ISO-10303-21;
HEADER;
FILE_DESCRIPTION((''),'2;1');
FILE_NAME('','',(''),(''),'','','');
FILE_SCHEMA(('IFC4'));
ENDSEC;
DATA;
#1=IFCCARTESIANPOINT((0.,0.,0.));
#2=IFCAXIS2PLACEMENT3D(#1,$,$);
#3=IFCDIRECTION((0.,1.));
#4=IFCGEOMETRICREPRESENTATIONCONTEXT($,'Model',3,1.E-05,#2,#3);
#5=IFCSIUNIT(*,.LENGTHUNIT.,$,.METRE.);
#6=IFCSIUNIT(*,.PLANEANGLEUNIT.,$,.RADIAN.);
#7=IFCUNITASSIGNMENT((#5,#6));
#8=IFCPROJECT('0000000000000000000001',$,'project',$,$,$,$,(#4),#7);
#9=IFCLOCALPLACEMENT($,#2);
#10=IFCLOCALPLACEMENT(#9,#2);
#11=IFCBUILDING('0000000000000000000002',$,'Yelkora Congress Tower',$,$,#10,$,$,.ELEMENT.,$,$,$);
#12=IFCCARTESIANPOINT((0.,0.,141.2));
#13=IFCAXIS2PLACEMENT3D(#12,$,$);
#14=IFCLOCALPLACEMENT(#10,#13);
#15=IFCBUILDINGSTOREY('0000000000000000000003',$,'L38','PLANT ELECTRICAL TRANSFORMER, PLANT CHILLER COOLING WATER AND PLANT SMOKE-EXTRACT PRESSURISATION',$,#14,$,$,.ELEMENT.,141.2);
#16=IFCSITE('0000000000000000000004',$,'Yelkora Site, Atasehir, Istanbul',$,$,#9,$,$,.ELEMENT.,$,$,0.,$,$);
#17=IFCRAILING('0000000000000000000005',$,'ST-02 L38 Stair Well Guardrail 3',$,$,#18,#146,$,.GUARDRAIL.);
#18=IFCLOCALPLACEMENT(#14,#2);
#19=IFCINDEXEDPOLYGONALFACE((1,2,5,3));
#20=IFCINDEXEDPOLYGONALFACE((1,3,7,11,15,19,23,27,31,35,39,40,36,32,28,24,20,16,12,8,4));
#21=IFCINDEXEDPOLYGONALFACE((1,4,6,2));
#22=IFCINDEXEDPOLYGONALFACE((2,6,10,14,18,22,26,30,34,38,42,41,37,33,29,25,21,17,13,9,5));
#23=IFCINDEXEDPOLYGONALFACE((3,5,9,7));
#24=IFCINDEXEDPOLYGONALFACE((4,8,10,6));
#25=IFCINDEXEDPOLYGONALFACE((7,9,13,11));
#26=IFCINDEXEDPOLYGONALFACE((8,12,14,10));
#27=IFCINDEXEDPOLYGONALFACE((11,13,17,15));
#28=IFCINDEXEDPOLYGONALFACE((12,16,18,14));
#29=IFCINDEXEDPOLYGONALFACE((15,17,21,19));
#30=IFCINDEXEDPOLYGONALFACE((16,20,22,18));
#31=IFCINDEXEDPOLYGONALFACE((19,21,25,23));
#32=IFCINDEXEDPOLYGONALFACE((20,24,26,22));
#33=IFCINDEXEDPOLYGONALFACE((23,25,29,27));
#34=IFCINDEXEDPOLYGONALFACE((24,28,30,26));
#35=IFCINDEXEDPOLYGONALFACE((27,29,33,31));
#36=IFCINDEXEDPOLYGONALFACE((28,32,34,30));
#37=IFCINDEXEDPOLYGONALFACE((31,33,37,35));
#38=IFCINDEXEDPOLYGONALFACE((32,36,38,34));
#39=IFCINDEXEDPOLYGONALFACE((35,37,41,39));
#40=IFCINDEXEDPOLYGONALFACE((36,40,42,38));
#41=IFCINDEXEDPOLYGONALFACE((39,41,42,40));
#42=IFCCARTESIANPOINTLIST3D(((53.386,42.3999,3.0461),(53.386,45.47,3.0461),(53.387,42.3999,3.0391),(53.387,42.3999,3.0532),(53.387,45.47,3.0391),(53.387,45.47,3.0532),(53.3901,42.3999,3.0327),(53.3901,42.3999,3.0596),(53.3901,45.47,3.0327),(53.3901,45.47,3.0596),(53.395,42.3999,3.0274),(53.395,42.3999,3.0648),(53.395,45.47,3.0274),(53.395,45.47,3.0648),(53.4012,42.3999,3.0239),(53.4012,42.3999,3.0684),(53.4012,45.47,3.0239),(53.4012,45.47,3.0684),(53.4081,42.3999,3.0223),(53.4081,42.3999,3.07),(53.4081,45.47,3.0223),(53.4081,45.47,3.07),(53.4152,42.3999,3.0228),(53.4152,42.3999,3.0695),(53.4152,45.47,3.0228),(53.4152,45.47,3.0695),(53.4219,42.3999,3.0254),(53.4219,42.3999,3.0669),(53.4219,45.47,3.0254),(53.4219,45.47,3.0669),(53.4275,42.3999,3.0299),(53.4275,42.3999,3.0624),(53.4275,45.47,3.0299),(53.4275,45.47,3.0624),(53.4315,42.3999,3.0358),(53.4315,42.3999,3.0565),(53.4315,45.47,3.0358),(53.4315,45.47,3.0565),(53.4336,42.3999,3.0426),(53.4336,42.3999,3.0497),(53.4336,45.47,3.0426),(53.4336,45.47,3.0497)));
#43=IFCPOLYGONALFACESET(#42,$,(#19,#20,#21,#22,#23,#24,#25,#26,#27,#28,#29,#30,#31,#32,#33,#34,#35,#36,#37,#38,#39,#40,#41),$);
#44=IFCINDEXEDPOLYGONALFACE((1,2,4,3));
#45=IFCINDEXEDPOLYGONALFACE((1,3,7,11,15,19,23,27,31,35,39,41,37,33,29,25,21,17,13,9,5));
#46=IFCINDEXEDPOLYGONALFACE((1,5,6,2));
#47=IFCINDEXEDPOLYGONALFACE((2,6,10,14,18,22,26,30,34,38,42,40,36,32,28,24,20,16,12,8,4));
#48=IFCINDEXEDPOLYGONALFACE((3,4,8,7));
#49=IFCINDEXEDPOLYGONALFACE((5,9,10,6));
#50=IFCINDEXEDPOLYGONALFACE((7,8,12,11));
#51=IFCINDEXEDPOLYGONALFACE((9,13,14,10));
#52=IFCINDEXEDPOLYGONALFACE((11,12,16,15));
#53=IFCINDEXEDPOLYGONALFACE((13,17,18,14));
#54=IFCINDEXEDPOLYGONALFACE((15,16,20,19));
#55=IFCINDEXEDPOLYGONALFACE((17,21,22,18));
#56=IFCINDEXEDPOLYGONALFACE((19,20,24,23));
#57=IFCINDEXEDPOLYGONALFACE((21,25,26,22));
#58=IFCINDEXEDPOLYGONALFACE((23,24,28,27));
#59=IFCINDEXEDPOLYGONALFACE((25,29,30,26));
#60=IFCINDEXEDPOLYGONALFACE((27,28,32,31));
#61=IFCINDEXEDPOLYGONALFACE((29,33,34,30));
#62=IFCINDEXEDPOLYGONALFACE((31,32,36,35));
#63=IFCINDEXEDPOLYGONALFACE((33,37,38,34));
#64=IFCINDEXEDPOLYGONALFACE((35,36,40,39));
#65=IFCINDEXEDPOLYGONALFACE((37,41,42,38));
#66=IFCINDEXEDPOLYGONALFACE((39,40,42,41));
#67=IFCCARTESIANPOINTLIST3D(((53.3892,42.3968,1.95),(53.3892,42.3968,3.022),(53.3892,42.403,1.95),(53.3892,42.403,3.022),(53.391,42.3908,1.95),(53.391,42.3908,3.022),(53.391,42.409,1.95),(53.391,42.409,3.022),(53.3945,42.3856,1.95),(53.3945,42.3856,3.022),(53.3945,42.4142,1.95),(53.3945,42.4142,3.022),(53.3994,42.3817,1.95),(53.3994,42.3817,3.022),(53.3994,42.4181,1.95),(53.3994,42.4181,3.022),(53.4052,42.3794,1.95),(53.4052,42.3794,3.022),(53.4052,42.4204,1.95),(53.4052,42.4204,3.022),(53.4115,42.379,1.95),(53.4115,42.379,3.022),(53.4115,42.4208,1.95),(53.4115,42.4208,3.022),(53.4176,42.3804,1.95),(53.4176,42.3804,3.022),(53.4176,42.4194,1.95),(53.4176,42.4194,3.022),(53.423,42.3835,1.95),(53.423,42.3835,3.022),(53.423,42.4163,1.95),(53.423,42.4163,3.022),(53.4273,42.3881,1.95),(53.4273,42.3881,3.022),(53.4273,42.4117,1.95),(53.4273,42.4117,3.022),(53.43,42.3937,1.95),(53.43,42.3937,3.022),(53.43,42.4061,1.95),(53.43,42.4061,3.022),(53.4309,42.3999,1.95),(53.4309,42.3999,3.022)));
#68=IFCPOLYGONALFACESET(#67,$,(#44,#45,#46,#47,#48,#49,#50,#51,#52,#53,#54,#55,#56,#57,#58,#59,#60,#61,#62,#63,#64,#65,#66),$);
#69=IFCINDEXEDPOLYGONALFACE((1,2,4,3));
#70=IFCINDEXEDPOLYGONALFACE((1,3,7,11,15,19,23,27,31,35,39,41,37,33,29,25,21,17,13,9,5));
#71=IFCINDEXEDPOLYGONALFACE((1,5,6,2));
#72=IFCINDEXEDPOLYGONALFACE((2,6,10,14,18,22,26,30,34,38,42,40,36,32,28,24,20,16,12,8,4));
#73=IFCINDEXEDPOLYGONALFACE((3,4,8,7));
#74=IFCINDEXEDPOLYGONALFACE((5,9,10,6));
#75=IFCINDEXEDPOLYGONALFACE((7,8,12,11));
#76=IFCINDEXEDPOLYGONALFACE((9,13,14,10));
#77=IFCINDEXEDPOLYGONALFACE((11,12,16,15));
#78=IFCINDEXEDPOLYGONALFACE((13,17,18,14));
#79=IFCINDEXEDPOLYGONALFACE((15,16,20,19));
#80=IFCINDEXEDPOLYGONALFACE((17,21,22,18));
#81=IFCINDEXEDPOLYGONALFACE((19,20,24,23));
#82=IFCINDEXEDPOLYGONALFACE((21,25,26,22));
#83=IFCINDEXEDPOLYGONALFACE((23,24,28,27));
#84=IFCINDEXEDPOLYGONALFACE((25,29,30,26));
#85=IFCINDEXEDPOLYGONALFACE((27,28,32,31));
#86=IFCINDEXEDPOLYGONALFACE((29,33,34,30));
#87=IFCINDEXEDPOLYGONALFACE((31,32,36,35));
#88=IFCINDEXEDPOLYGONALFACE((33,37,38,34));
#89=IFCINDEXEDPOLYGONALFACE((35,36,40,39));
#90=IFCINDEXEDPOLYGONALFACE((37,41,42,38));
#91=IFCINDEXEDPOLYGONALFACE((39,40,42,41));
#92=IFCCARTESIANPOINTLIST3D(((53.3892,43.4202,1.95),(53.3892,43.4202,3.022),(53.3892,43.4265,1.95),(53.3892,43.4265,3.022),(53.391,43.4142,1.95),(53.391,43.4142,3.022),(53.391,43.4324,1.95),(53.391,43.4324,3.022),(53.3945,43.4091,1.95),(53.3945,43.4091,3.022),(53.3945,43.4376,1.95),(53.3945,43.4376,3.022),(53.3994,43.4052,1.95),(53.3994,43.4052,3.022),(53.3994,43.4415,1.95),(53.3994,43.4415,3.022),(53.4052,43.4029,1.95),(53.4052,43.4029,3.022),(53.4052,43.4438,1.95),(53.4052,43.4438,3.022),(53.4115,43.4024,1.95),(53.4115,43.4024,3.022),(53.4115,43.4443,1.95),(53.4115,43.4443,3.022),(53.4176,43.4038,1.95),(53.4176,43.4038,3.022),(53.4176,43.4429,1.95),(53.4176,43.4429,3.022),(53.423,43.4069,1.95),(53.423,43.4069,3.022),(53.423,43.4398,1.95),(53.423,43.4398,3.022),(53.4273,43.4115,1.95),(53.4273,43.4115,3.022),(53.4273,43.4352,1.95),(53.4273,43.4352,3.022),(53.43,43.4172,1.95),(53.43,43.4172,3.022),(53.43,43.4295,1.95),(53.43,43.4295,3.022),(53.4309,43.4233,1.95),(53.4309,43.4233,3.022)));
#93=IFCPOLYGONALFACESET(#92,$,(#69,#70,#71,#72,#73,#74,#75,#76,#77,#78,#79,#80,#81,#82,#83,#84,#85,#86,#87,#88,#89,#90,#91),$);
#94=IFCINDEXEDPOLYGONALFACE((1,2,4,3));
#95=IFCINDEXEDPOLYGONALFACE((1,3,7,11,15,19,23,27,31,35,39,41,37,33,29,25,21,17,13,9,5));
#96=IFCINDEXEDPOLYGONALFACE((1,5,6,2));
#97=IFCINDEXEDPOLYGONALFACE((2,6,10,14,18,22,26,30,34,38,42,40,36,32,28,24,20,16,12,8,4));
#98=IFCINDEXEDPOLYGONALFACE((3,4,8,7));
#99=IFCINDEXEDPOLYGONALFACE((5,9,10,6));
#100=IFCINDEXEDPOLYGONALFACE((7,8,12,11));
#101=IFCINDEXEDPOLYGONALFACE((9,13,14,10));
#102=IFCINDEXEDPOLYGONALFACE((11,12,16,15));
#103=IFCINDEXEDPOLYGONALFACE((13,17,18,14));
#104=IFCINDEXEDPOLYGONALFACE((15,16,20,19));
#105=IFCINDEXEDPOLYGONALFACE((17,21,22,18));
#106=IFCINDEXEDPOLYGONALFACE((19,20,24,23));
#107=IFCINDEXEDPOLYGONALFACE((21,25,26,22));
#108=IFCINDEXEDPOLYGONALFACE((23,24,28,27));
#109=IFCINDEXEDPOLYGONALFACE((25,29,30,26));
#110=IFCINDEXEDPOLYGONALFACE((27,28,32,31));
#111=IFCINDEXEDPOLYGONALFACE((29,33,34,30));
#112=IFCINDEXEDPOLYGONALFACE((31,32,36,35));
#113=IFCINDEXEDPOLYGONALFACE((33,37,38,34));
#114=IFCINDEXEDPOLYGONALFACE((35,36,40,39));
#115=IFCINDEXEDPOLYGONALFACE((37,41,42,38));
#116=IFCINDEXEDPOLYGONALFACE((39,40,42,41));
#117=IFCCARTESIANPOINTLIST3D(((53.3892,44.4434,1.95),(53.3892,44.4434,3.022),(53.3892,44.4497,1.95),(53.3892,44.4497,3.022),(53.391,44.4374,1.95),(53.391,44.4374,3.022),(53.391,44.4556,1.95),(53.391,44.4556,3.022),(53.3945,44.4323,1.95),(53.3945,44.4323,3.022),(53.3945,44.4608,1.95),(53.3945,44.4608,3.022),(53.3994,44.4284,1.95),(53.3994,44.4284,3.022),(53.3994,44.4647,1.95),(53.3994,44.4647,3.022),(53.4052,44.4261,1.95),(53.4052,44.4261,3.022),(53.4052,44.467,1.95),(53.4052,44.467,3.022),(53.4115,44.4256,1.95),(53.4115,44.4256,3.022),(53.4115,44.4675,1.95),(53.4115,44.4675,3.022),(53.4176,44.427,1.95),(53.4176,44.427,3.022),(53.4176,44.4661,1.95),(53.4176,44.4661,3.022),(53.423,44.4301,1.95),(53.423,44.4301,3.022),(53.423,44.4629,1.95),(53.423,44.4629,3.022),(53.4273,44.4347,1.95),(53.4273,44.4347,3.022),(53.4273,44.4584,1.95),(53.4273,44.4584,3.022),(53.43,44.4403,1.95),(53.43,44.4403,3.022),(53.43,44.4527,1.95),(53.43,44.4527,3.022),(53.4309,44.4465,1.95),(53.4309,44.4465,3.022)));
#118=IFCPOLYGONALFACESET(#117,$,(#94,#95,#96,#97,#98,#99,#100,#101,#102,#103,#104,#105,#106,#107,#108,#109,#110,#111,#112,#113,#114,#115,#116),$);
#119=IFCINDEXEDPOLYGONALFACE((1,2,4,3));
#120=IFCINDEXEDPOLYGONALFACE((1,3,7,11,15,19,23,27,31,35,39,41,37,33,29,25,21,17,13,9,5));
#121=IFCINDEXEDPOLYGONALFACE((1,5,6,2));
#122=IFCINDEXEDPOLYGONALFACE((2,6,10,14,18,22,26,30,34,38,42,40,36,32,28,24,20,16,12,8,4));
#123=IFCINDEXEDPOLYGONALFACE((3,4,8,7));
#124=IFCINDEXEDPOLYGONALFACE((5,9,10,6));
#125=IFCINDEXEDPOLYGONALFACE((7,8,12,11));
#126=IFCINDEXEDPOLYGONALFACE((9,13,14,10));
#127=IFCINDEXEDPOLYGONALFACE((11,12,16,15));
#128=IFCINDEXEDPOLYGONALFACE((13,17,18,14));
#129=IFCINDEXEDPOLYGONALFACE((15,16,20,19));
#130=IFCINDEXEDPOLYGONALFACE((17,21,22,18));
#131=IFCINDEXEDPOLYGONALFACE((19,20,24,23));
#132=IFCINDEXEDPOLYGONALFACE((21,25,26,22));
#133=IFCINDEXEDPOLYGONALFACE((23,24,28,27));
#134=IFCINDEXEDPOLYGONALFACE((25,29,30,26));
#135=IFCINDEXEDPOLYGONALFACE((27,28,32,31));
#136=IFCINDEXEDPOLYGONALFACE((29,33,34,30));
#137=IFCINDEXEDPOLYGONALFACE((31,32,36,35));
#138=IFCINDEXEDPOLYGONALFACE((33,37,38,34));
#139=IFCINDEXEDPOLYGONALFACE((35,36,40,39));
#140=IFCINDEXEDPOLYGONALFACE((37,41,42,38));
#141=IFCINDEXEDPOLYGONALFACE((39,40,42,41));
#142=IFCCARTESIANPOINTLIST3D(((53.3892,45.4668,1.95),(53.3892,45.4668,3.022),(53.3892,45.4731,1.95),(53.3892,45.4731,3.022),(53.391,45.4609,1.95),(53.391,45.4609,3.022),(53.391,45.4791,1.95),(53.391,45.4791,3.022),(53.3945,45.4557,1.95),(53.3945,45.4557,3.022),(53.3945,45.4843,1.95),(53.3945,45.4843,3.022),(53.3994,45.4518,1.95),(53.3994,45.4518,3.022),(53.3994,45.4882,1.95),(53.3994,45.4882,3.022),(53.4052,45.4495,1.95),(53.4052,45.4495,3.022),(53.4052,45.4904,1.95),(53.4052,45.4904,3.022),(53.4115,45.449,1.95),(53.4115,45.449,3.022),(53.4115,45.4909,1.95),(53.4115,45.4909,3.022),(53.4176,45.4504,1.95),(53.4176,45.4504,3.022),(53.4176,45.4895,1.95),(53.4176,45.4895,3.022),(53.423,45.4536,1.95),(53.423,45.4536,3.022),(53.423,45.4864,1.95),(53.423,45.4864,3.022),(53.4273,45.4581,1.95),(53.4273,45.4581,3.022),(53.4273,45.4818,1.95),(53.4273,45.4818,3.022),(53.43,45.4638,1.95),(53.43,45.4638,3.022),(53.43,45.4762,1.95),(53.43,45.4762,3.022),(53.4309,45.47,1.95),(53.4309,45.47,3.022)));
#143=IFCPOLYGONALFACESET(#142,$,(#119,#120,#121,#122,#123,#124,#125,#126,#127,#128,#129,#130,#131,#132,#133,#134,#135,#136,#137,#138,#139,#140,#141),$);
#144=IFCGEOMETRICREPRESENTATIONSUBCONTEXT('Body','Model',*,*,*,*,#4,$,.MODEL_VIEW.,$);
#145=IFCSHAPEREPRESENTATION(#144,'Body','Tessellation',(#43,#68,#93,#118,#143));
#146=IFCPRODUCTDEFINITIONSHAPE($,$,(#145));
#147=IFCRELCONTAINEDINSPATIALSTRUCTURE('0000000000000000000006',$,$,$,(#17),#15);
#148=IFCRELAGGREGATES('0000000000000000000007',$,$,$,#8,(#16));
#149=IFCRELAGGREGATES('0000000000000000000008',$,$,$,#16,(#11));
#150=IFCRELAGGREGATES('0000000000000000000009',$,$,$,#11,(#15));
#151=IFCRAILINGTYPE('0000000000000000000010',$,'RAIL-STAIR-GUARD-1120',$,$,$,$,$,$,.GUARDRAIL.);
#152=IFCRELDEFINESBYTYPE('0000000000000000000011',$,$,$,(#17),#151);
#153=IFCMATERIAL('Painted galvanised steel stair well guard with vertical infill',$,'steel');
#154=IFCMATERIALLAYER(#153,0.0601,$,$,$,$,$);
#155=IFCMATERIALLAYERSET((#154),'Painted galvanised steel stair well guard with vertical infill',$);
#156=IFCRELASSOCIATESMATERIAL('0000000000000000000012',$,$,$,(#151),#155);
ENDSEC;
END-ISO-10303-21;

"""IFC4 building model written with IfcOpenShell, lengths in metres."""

from ifc_helpers import new_model, si_unit, direction, frame, origin, origin_2d, place, context, subcontext, project, spatial, circle, extrude, material, layer, layer_set, type_object, element, save


model = new_model("IFC4")

# Units and contexts
model_context = context("Model", 3, precision=1e-05, world=origin(), true_north=direction((0.0, 1.0)))
body_context = subcontext(model_context, "Body", "Model", "MODEL_VIEW")
ifc_project = project(units=[si_unit("LENGTHUNIT", "METRE"), si_unit("PLANEANGLEUNIT", "RADIAN")], contexts=[model_context])

# Site, building, storey
site_placement = place(None, origin())
site = spatial("IfcSite", under=ifc_project, at=site_placement, Name="Yelkora Site, Atasehir, Istanbul", CompositionType="ELEMENT", RefElevation=0.0)
building_placement = place(site_placement, origin())
building = spatial("IfcBuilding", under=site, at=building_placement, Name="Yelkora Congress Tower", CompositionType="ELEMENT")
storey_placement = place(building_placement, frame((0.0, 0.0, 141.2)))
storey = spatial("IfcBuildingStorey", under=building, at=storey_placement, Name="L38", Description="PLANT ELECTRICAL TRANSFORMER, PLANT CHILLER COOLING WATER AND PLANT SMOKE-EXTRACT PRESSURISATION", CompositionType="ELEMENT", Elevation=141.2)

# Railing
ifc_material_1 = material(Name="Painted galvanised steel stair well guard with vertical infill", Category="steel")
ifc_layer_1 = layer(ifc_material_1, 0.0601)
ifc_layer_set_1 = layer_set([ifc_layer_1], Name="Painted galvanised steel stair well guard with vertical infill")
railing_type_1 = type_object("IfcRailingType", Name="RAIL-STAIR-GUARD-1120", PredefinedType="GUARDRAIL", material=ifc_layer_set_1)
for number, where, name in (
    (1, (53.4099, 42.3999, 1.95), "ST-02 L38 Stair Well Guardrail 3"),
):
    element("IfcRailing", number, at=place(storey_placement, frame(where)), inside=storey, type_object=railing_type_1, Name=name, PredefinedType="GUARDRAIL", context=body_context, shape_type="SweptSolid", body=[
        extrude(circle(Radius=0.0239, at=origin_2d()), frame((0.0, 0.0, 1.0962), z_axis=(0.0, 1.0, 0.0), x_axis=(-1.0, 0.0, 0.0)), (0.0, 0.0, 1.0), 3.0701),
        extrude(circle(Radius=0.021, at=origin_2d()), origin(), (0.0, 0.0, 1.0), 1.072),
        extrude(circle(Radius=0.021, at=origin_2d()), frame((0.0, 1.0234, 0.0)), (0.0, 0.0, 1.0), 1.072),
        extrude(circle(Radius=0.021, at=origin_2d()), frame((0.0, 2.0466, 0.0)), (0.0, 0.0, 1.0), 1.072),
        extrude(circle(Radius=0.021, at=origin_2d()), frame((0.0, 3.0701, 0.0)), (0.0, 0.0, 1.0), 1.072),
    ])

save(model, "model.ifc")
